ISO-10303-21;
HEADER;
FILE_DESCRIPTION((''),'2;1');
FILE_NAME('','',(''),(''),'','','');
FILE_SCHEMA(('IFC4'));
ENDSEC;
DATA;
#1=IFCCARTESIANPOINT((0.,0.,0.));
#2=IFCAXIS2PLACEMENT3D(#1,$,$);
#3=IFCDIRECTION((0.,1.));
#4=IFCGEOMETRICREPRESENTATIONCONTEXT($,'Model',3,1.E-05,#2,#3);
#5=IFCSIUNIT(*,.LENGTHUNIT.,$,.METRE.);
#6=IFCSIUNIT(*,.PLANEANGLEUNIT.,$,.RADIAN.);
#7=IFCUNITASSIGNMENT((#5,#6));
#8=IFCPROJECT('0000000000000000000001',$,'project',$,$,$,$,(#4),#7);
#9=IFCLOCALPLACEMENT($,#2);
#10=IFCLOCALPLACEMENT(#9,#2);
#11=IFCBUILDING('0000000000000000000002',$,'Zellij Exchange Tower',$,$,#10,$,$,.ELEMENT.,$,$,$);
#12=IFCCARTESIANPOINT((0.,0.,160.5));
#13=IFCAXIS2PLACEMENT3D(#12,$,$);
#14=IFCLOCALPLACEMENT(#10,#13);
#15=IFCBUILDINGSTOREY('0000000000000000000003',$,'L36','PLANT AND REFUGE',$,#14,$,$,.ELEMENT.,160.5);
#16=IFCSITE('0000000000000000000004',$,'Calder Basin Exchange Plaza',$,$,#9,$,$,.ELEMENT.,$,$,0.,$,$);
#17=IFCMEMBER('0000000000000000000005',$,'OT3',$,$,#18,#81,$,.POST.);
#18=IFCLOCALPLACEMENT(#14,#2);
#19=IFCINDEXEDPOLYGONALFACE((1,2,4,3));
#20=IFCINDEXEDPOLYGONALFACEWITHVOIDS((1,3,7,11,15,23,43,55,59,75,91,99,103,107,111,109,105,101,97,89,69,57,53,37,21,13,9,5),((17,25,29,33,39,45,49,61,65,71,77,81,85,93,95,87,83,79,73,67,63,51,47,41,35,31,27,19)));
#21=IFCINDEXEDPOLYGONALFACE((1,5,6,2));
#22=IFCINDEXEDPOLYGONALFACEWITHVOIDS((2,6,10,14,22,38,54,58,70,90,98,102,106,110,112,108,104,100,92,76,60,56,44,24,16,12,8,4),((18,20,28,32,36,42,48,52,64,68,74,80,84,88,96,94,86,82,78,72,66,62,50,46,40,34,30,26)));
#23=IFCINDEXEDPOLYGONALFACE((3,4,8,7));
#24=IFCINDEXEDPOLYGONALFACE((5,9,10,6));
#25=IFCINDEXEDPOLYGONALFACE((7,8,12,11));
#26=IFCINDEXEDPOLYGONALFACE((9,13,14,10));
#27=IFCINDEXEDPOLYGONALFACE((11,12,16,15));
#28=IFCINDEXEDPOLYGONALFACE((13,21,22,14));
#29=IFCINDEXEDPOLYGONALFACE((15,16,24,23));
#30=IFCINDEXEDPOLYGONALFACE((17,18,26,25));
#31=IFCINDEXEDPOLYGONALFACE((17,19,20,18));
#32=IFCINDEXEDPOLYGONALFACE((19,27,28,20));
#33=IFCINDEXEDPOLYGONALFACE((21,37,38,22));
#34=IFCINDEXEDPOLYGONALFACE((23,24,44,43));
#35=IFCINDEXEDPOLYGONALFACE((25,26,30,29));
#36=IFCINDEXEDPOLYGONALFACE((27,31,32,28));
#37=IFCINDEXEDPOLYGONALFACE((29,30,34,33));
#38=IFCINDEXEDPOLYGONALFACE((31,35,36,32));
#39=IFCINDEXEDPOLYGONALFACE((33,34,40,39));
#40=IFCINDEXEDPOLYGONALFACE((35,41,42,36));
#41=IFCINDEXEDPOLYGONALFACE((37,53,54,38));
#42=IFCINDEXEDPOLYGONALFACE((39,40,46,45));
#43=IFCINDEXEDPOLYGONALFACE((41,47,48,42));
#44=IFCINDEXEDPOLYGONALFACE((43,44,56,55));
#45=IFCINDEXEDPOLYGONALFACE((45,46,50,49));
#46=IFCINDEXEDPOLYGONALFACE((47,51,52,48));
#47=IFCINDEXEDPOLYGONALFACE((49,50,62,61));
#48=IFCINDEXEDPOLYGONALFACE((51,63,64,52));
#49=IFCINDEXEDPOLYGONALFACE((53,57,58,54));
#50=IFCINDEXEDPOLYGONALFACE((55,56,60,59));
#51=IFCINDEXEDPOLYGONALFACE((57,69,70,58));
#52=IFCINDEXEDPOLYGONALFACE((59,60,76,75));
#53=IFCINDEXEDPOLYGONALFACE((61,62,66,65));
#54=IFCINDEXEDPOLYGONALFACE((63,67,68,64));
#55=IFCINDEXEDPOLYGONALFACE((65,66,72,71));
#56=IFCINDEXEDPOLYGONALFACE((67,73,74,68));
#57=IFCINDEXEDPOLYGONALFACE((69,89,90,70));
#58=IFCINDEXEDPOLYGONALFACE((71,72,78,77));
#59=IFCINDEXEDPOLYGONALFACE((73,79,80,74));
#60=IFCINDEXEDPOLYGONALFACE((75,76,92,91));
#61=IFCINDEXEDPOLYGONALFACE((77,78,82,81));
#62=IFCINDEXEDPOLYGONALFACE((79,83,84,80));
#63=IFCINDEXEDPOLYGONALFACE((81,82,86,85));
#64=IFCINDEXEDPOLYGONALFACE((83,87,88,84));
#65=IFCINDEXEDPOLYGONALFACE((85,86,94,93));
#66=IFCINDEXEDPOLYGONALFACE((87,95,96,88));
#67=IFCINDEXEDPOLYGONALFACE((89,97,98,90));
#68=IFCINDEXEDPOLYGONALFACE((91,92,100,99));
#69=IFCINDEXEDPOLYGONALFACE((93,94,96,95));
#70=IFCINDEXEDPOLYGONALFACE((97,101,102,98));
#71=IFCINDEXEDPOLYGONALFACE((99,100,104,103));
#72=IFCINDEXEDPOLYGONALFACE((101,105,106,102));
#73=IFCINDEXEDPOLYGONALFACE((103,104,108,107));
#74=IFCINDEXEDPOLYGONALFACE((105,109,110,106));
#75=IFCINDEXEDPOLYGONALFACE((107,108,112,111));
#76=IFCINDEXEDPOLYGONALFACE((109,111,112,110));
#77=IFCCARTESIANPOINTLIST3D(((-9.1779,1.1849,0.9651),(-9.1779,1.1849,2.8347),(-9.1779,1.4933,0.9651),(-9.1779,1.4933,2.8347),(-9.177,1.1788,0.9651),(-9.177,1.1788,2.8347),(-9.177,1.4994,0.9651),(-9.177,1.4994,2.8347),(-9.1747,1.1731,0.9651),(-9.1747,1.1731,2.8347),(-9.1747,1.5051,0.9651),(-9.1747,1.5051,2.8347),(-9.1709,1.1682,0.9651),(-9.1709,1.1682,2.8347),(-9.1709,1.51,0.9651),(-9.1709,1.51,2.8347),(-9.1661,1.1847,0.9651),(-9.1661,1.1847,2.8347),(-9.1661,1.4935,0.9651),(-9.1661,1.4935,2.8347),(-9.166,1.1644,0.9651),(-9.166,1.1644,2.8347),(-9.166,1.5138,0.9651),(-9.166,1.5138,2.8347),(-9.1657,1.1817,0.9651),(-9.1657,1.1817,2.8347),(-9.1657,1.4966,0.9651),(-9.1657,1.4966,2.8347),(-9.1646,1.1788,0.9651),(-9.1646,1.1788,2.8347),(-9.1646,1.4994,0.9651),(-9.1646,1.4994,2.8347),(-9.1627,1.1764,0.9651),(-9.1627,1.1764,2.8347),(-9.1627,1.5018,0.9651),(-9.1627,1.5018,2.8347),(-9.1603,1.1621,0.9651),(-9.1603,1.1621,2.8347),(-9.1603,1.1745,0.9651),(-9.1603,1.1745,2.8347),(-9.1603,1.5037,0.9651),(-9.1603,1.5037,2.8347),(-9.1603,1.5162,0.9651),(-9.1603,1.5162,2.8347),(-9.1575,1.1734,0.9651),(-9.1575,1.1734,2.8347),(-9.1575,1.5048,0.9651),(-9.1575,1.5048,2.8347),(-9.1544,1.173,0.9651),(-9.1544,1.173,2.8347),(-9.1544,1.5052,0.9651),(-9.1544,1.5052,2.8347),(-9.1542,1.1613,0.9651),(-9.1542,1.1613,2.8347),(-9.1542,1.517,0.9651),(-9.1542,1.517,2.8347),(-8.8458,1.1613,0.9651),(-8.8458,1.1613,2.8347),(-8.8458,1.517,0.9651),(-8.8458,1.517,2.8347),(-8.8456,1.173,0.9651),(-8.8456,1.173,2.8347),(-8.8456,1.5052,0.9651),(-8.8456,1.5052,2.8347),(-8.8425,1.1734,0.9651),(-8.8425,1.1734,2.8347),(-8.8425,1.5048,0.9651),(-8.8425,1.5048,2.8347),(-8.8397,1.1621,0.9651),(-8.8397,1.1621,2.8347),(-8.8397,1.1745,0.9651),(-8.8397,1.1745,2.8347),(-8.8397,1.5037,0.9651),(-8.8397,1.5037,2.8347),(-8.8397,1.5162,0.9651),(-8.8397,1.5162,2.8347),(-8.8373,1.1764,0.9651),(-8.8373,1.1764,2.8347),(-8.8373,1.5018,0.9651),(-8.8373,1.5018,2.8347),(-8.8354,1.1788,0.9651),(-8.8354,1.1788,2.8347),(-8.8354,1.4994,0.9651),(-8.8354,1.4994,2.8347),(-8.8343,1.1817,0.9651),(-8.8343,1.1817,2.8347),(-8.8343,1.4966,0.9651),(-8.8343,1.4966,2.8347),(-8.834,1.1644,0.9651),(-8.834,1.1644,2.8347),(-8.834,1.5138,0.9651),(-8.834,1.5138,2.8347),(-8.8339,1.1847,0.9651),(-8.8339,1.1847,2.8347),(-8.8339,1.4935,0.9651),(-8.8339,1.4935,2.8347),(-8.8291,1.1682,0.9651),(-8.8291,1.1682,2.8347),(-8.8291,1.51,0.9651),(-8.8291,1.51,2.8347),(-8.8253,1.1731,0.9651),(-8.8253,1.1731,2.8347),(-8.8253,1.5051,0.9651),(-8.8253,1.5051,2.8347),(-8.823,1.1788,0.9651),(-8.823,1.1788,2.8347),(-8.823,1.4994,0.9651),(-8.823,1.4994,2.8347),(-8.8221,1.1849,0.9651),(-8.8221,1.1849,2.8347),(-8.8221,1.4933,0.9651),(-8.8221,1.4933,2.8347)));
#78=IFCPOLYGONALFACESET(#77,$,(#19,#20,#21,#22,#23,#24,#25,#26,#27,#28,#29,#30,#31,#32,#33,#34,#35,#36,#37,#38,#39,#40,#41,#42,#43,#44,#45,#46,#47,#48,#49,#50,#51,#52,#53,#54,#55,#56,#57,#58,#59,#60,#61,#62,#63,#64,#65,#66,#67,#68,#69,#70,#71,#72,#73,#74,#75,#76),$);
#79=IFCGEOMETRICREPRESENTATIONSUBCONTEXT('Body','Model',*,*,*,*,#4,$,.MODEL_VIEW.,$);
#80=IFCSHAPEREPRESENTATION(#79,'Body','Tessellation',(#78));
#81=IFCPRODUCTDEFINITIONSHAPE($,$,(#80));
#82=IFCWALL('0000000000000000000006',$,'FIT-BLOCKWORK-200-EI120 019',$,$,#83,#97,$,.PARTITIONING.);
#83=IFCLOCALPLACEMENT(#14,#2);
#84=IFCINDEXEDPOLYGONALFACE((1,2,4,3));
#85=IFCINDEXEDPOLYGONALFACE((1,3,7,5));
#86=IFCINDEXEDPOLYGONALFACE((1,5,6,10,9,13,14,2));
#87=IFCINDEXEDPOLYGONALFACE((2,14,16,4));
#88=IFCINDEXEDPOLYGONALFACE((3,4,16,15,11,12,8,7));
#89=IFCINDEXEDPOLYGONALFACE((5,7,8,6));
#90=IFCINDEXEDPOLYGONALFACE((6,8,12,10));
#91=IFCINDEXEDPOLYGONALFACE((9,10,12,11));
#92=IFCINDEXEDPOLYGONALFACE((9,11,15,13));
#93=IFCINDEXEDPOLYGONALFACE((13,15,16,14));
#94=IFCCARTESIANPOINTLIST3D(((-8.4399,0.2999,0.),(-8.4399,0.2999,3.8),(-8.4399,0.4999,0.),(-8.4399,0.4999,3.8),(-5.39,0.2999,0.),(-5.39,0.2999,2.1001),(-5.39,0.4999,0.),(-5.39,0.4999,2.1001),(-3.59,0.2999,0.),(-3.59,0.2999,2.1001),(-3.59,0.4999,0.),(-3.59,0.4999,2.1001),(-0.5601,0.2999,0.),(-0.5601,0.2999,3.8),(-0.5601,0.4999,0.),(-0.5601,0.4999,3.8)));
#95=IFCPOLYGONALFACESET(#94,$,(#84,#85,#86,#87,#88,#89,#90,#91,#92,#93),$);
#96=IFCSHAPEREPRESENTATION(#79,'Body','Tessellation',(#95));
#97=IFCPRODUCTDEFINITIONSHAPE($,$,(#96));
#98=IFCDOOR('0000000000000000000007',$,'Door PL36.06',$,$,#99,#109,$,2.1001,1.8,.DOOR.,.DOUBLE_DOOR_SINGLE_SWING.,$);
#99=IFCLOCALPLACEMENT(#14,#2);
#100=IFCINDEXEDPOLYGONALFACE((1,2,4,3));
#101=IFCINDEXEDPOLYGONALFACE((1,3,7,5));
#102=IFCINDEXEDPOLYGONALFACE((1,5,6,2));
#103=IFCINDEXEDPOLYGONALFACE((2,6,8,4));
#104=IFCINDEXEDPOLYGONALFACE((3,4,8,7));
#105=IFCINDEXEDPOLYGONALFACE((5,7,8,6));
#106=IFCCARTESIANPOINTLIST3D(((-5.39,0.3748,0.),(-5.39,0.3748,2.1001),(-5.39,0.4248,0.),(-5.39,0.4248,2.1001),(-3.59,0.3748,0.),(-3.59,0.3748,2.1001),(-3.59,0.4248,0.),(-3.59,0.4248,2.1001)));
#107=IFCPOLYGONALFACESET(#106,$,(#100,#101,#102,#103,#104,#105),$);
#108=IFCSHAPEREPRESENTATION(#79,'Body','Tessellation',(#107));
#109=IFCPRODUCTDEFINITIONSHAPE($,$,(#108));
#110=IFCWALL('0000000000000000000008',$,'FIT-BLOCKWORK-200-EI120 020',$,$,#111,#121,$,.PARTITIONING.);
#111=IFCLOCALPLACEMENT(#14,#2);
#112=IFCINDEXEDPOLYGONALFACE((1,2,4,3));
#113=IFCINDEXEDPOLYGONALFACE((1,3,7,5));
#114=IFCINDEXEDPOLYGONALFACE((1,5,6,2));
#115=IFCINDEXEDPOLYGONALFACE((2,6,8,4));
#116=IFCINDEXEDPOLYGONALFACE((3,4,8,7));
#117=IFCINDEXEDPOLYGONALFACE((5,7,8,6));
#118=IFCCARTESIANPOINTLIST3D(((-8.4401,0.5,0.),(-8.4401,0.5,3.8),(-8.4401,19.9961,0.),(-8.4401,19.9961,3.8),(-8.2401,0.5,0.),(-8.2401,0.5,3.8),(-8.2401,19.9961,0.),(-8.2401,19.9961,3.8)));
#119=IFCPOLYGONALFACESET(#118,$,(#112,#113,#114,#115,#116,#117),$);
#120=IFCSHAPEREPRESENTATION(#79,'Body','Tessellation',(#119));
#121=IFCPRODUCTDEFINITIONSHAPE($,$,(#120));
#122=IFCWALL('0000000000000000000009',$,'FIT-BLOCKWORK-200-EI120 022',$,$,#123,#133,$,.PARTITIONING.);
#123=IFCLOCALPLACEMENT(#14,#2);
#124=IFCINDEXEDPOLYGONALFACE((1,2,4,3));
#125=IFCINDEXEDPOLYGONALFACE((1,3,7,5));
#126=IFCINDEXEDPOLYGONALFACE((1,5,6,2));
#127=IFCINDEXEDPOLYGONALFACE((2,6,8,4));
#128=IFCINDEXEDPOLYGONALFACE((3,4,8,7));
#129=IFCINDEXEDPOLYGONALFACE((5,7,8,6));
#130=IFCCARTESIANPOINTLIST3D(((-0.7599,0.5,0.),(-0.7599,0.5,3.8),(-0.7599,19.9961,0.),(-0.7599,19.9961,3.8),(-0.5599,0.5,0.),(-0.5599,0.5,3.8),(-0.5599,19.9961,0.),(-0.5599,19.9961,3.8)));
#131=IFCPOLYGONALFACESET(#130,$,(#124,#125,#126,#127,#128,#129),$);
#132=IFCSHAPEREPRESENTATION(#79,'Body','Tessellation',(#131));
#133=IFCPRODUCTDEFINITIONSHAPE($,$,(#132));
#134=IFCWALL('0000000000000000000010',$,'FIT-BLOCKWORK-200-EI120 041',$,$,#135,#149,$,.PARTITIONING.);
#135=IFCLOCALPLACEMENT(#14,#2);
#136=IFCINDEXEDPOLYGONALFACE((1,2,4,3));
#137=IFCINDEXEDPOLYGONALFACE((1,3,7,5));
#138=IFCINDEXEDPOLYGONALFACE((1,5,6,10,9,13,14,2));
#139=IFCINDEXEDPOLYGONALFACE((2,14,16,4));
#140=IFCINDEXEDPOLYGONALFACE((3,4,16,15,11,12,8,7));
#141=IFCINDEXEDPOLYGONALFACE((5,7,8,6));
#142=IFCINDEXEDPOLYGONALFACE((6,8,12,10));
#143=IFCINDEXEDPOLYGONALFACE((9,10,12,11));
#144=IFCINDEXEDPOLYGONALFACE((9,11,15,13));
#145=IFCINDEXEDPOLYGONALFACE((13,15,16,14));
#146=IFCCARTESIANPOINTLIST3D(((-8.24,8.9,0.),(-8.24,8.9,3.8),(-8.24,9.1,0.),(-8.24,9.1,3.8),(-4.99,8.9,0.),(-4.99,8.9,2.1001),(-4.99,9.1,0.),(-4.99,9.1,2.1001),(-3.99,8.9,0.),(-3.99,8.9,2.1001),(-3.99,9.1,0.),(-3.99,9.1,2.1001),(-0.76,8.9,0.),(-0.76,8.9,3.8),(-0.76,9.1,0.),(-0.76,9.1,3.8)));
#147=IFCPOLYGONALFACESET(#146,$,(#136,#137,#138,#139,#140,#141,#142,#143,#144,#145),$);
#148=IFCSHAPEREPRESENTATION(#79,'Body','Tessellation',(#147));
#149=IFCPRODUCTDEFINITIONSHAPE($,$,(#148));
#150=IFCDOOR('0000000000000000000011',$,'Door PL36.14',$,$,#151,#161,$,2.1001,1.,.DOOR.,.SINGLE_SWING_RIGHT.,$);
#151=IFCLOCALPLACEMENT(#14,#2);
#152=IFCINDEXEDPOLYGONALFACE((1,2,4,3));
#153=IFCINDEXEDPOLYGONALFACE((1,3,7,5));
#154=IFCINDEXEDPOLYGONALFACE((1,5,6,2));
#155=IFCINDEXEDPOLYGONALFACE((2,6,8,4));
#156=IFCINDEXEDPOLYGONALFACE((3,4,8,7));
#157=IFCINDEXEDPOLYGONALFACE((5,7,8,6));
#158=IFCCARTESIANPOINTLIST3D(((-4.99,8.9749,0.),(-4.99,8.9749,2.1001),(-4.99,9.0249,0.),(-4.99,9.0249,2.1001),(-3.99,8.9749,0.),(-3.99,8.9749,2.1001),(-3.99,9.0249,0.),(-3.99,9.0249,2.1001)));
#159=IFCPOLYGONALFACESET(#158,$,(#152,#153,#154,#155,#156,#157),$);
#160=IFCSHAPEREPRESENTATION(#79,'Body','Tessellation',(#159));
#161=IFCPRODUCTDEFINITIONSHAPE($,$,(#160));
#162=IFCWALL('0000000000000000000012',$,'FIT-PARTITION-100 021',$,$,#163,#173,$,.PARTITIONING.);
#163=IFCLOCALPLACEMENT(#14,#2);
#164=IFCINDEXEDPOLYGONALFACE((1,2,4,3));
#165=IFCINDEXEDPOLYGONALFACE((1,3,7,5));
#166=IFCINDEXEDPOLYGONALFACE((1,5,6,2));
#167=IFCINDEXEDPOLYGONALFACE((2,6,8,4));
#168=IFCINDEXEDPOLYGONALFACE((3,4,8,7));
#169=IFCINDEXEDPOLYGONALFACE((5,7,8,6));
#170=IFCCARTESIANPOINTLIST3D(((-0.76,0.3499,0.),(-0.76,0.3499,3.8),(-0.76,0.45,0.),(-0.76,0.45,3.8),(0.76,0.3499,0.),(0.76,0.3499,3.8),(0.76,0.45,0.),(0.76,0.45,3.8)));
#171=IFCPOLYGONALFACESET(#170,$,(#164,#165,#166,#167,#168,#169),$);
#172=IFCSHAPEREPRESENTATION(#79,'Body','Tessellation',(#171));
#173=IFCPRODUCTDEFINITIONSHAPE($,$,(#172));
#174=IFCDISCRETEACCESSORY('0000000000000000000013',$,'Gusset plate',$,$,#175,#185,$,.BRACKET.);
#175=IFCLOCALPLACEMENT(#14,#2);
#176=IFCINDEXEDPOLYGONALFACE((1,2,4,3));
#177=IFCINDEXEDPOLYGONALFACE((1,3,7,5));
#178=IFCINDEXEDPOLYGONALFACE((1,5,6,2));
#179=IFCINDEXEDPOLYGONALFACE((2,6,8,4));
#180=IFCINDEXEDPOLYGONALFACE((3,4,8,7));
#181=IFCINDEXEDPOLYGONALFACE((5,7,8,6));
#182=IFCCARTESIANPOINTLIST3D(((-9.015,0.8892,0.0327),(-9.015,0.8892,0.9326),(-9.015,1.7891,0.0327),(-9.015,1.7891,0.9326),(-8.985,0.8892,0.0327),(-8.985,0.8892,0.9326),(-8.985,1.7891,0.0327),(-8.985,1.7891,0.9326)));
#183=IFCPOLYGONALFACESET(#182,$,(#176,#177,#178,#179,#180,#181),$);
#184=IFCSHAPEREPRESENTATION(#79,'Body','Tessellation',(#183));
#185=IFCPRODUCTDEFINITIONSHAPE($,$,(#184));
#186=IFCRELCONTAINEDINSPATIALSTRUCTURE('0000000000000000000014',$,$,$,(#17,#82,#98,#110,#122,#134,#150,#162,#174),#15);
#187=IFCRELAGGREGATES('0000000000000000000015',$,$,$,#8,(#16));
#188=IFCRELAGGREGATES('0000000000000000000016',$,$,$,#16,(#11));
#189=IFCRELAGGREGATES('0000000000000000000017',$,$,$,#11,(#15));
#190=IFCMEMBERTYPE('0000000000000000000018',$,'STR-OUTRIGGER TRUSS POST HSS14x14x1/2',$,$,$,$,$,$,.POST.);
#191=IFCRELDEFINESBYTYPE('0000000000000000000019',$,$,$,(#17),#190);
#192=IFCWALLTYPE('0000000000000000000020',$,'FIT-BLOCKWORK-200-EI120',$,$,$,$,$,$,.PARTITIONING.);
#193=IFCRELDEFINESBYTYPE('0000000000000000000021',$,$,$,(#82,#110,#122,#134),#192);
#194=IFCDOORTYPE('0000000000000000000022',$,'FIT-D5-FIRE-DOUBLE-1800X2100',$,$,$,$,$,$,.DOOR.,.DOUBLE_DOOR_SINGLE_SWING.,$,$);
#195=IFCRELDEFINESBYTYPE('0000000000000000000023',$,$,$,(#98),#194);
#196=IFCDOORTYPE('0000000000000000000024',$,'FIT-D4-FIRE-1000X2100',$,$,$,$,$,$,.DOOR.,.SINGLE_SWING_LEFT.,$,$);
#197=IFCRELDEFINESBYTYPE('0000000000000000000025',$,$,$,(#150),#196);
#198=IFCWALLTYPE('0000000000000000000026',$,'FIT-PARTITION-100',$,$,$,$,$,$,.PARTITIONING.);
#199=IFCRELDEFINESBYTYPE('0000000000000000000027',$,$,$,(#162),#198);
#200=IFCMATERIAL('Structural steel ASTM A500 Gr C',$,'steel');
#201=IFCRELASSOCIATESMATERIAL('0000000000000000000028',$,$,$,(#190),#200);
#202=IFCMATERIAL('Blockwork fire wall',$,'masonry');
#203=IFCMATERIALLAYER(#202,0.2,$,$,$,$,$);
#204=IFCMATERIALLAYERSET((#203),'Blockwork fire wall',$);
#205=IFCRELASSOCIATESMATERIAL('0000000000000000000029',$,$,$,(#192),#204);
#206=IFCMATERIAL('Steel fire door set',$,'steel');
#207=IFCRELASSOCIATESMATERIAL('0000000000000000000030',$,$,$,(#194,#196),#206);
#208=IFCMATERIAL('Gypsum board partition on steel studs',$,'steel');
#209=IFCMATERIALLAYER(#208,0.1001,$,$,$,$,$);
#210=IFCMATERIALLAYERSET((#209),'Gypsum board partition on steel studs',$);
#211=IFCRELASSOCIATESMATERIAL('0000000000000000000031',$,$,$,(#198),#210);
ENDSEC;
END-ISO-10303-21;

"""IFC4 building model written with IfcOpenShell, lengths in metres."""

from ifc_helpers import new_model, si_unit, direction, frame, frame_2d, origin, origin_2d, place, context, subcontext, project, spatial, rectangle, hollow_rectangle, extrude, material, layer, layer_set, material_profile, profile_set, type_object, element, fill, save


model = new_model("IFC4")

# Units and contexts
model_context = context("Model", 3, precision=1e-05, world=origin(), true_north=direction((0.0, 1.0)))
body_context = subcontext(model_context, "Body", "Model", "MODEL_VIEW")
ifc_project = project(units=[si_unit("LENGTHUNIT", "METRE"), si_unit("PLANEANGLEUNIT", "RADIAN")], contexts=[model_context])

# Site, building, storey
site_placement = place(None, origin())
site = spatial("IfcSite", under=ifc_project, at=site_placement, Name="Calder Basin Exchange Plaza", CompositionType="ELEMENT", RefElevation=0.0)
building_placement = place(site_placement, origin())
building = spatial("IfcBuilding", under=site, at=building_placement, Name="Zellij Exchange Tower", CompositionType="ELEMENT")
storey_placement = place(building_placement, frame((0.0, 0.0, 160.5)))
storey = spatial("IfcBuildingStorey", under=building, at=storey_placement, Name="L36", Description="PLANT AND REFUGE", CompositionType="ELEMENT", Elevation=160.5)

# Member
ifc_material_1 = material(Name="Structural steel ASTM A500 Gr C", Category="steel")
ifc_material_profile_1 = material_profile(ifc_material_1, hollow_rectangle(XDim=0.3557, YDim=0.3557, WallThickness=0.0117, InnerFilletRadius=0.0117, OuterFilletRadius=0.0237, at=origin_2d()), Name="STR-OUTRIGGER TRUSS POST HSS14x14x1/2")
ifc_profile_set_1 = profile_set([ifc_material_profile_1], Name="Structural steel ASTM A500 Gr C")
member_type_1 = type_object("IfcMemberType", Name="STR-OUTRIGGER TRUSS POST HSS14x14x1/2", PredefinedType="POST", material=ifc_profile_set_1)
member_1_placement = place(storey_placement, frame((-9.0, 1.3391, 0.9651), z_axis=(0.0, 0.0, 1.0), x_axis=(1.0, 0.0, 0.0)))
element("IfcMember", 1, at=member_1_placement, inside=storey, type_object=member_type_1, Name="OT3", PredefinedType="POST", context=body_context, shape_type="SweptSolid", body=[
    extrude(hollow_rectangle(XDim=0.3557, YDim=0.3557, WallThickness=0.0117, InnerFilletRadius=0.0117, OuterFilletRadius=0.0237, at=origin_2d()), origin(), (0.0, 0.0, 1.0), 1.8696),
])

# Wall, opening, door
ifc_material_2 = material(Name="Blockwork fire wall", Category="masonry")
ifc_layer_1 = layer(ifc_material_2, 0.2)
ifc_layer_set_1 = layer_set([ifc_layer_1], Name="Blockwork fire wall")
wall_type_1 = type_object("IfcWallType", Name="FIT-BLOCKWORK-200-EI120", PredefinedType="PARTITIONING", material=ifc_layer_set_1)
wall_1_placement = place(storey_placement, frame((-8.4399, 0.3999, 0.0), z_axis=(0.0, 0.0, 1.0), x_axis=(1.0, 0.0, 0.0)))
wall_1 = element("IfcWall", 2, at=wall_1_placement, inside=storey, type_object=wall_type_1, Name="FIT-BLOCKWORK-200-EI120 019", PredefinedType="PARTITIONING", context=body_context, shape_type="SweptSolid", body=[
    extrude(rectangle(XDim=7.8799, YDim=0.2, at=frame_2d((3.9399, 0.0))), origin(), (0.0, 0.0, 1.0), 3.8),
])
opening_1_placement = place(wall_1_placement, frame((3.05, 0.0, 0.0)))
opening_1 = element("IfcOpeningElement", 3, at=opening_1_placement, cuts=wall_1, PredefinedType="OPENING", context=body_context, shape_type="SweptSolid", body=[
    extrude(rectangle(XDim=1.8, YDim=2.1001, at=frame_2d((0.8999, 1.05))), frame((0.0, 0.1118, 0.0), z_axis=(0.0, -1.0, 0.0), x_axis=(1.0, 0.0, 0.0)), (0.0, 0.0, 1.0), 0.2239),
])
ifc_material_3 = material(Name="Steel fire door set", Category="steel")
door_type_1 = type_object("IfcDoorType", Name="FIT-D5-FIRE-DOUBLE-1800X2100", OperationType="DOUBLE_DOOR_SINGLE_SWING", PredefinedType="DOOR", material=ifc_material_3)
door_1_placement = place(opening_1_placement, origin())
door_1 = element("IfcDoor", 4, at=door_1_placement, inside=storey, type_object=door_type_1, Name="Door PL36.06", OperationType="DOUBLE_DOOR_SINGLE_SWING", OverallHeight=2.1001, OverallWidth=1.8, PredefinedType="DOOR", context=body_context, shape_type="SweptSolid", body=[
    extrude(rectangle(XDim=1.8, YDim=2.1001, at=frame_2d((0.8999, 1.05))), frame((0.0, 0.0249, 0.0), z_axis=(0.0, -1.0, 0.0), x_axis=(1.0, 0.0, 0.0)), (0.0, 0.0, 1.0), 0.05),
])
fill(opening_1, door_1)

# Walls
for number, where, z_axis, x_axis, name in (
    (5, (-8.3401, 0.5, 0.0), (0.0, 0.0, 1.0), (0.0, 1.0, 0.0), "FIT-BLOCKWORK-200-EI120 020"),
    (6, (-0.6599, 0.5, 0.0), (0.0, 0.0, 1.0), (0.0, 1.0, 0.0), "FIT-BLOCKWORK-200-EI120 022"),
):
    element("IfcWall", number, at=place(storey_placement, frame(where, z_axis=z_axis, x_axis=x_axis)), inside=storey, type_object=wall_type_1, Name=name, PredefinedType="PARTITIONING", context=body_context, shape_type="SweptSolid", body=[
        extrude(rectangle(XDim=19.4961, YDim=0.2, at=frame_2d((9.748, 0.0))), origin(), (0.0, 0.0, 1.0), 3.8),
    ])

# Wall, opening, door
wall_2_placement = place(storey_placement, frame((-8.24, 9.0, 0.0), z_axis=(0.0, 0.0, 1.0), x_axis=(1.0, 0.0, 0.0)))
wall_2 = element("IfcWall", 7, at=wall_2_placement, inside=storey, type_object=wall_type_1, Name="FIT-BLOCKWORK-200-EI120 041", PredefinedType="PARTITIONING", context=body_context, shape_type="SweptSolid", body=[
    extrude(rectangle(XDim=7.48, YDim=0.2, at=frame_2d((3.74, 0.0))), origin(), (0.0, 0.0, 1.0), 3.8),
])
opening_2_placement = place(wall_2_placement, frame((3.25, 0.0, 0.0)))
opening_2 = element("IfcOpeningElement", 8, at=opening_2_placement, cuts=wall_2, PredefinedType="OPENING", context=body_context, shape_type="SweptSolid", body=[
    extrude(rectangle(XDim=1.0, YDim=2.1001, at=frame_2d((0.5, 1.05))), frame((0.0, 0.1118, 0.0), z_axis=(0.0, -1.0, 0.0), x_axis=(1.0, 0.0, 0.0)), (0.0, 0.0, 1.0), 0.2239),
])
door_type_2 = type_object("IfcDoorType", Name="FIT-D4-FIRE-1000X2100", OperationType="SINGLE_SWING_LEFT", PredefinedType="DOOR", material=ifc_material_3)
door_2_placement = place(opening_2_placement, origin())
door_2 = element("IfcDoor", 9, at=door_2_placement, inside=storey, type_object=door_type_2, Name="Door PL36.14", OperationType="SINGLE_SWING_RIGHT", OverallHeight=2.1001, OverallWidth=1.0, PredefinedType="DOOR", context=body_context, shape_type="SweptSolid", body=[
    extrude(rectangle(XDim=1.0, YDim=2.1001, at=frame_2d((0.5, 1.05))), frame((0.0, 0.0249, 0.0), z_axis=(0.0, -1.0, 0.0), x_axis=(1.0, 0.0, 0.0)), (0.0, 0.0, 1.0), 0.05),
])
fill(opening_2, door_2)

# Wall
ifc_material_4 = material(Name="Gypsum board partition on steel studs", Category="steel")
ifc_layer_2 = layer(ifc_material_4, 0.1001)
ifc_layer_set_2 = layer_set([ifc_layer_2], Name="Gypsum board partition on steel studs")
wall_type_2 = type_object("IfcWallType", Name="FIT-PARTITION-100", PredefinedType="PARTITIONING", material=ifc_layer_set_2)
wall_3_placement = place(storey_placement, frame((-0.76, 0.3999, 0.0), z_axis=(0.0, 0.0, 1.0), x_axis=(1.0, 0.0, 0.0)))
element("IfcWall", 10, at=wall_3_placement, inside=storey, type_object=wall_type_2, Name="FIT-PARTITION-100 021", PredefinedType="PARTITIONING", context=body_context, shape_type="SweptSolid", body=[
    extrude(rectangle(XDim=1.52, YDim=0.1001, at=frame_2d((0.76, 0.0))), origin(), (0.0, 0.0, 1.0), 3.8),
])

# Discrete accessory
for number, where, z_axis, x_axis, name in (
    (11, (-9.0, 1.3391, 0.0327), (0.0, 0.0, 1.0), (0.0, 1.0, 0.0), "Gusset plate"),
):
    element("IfcDiscreteAccessory", number, at=place(storey_placement, frame(where, z_axis=z_axis, x_axis=x_axis)), inside=storey, Name=name, PredefinedType="BRACKET", context=body_context, shape_type="SweptSolid", body=[
        extrude(rectangle(XDim=0.8999, YDim=0.03, at=origin_2d()), origin(), (0.0, 0.0, 1.0), 0.8999),
    ])

save(model, "model.ifc")
